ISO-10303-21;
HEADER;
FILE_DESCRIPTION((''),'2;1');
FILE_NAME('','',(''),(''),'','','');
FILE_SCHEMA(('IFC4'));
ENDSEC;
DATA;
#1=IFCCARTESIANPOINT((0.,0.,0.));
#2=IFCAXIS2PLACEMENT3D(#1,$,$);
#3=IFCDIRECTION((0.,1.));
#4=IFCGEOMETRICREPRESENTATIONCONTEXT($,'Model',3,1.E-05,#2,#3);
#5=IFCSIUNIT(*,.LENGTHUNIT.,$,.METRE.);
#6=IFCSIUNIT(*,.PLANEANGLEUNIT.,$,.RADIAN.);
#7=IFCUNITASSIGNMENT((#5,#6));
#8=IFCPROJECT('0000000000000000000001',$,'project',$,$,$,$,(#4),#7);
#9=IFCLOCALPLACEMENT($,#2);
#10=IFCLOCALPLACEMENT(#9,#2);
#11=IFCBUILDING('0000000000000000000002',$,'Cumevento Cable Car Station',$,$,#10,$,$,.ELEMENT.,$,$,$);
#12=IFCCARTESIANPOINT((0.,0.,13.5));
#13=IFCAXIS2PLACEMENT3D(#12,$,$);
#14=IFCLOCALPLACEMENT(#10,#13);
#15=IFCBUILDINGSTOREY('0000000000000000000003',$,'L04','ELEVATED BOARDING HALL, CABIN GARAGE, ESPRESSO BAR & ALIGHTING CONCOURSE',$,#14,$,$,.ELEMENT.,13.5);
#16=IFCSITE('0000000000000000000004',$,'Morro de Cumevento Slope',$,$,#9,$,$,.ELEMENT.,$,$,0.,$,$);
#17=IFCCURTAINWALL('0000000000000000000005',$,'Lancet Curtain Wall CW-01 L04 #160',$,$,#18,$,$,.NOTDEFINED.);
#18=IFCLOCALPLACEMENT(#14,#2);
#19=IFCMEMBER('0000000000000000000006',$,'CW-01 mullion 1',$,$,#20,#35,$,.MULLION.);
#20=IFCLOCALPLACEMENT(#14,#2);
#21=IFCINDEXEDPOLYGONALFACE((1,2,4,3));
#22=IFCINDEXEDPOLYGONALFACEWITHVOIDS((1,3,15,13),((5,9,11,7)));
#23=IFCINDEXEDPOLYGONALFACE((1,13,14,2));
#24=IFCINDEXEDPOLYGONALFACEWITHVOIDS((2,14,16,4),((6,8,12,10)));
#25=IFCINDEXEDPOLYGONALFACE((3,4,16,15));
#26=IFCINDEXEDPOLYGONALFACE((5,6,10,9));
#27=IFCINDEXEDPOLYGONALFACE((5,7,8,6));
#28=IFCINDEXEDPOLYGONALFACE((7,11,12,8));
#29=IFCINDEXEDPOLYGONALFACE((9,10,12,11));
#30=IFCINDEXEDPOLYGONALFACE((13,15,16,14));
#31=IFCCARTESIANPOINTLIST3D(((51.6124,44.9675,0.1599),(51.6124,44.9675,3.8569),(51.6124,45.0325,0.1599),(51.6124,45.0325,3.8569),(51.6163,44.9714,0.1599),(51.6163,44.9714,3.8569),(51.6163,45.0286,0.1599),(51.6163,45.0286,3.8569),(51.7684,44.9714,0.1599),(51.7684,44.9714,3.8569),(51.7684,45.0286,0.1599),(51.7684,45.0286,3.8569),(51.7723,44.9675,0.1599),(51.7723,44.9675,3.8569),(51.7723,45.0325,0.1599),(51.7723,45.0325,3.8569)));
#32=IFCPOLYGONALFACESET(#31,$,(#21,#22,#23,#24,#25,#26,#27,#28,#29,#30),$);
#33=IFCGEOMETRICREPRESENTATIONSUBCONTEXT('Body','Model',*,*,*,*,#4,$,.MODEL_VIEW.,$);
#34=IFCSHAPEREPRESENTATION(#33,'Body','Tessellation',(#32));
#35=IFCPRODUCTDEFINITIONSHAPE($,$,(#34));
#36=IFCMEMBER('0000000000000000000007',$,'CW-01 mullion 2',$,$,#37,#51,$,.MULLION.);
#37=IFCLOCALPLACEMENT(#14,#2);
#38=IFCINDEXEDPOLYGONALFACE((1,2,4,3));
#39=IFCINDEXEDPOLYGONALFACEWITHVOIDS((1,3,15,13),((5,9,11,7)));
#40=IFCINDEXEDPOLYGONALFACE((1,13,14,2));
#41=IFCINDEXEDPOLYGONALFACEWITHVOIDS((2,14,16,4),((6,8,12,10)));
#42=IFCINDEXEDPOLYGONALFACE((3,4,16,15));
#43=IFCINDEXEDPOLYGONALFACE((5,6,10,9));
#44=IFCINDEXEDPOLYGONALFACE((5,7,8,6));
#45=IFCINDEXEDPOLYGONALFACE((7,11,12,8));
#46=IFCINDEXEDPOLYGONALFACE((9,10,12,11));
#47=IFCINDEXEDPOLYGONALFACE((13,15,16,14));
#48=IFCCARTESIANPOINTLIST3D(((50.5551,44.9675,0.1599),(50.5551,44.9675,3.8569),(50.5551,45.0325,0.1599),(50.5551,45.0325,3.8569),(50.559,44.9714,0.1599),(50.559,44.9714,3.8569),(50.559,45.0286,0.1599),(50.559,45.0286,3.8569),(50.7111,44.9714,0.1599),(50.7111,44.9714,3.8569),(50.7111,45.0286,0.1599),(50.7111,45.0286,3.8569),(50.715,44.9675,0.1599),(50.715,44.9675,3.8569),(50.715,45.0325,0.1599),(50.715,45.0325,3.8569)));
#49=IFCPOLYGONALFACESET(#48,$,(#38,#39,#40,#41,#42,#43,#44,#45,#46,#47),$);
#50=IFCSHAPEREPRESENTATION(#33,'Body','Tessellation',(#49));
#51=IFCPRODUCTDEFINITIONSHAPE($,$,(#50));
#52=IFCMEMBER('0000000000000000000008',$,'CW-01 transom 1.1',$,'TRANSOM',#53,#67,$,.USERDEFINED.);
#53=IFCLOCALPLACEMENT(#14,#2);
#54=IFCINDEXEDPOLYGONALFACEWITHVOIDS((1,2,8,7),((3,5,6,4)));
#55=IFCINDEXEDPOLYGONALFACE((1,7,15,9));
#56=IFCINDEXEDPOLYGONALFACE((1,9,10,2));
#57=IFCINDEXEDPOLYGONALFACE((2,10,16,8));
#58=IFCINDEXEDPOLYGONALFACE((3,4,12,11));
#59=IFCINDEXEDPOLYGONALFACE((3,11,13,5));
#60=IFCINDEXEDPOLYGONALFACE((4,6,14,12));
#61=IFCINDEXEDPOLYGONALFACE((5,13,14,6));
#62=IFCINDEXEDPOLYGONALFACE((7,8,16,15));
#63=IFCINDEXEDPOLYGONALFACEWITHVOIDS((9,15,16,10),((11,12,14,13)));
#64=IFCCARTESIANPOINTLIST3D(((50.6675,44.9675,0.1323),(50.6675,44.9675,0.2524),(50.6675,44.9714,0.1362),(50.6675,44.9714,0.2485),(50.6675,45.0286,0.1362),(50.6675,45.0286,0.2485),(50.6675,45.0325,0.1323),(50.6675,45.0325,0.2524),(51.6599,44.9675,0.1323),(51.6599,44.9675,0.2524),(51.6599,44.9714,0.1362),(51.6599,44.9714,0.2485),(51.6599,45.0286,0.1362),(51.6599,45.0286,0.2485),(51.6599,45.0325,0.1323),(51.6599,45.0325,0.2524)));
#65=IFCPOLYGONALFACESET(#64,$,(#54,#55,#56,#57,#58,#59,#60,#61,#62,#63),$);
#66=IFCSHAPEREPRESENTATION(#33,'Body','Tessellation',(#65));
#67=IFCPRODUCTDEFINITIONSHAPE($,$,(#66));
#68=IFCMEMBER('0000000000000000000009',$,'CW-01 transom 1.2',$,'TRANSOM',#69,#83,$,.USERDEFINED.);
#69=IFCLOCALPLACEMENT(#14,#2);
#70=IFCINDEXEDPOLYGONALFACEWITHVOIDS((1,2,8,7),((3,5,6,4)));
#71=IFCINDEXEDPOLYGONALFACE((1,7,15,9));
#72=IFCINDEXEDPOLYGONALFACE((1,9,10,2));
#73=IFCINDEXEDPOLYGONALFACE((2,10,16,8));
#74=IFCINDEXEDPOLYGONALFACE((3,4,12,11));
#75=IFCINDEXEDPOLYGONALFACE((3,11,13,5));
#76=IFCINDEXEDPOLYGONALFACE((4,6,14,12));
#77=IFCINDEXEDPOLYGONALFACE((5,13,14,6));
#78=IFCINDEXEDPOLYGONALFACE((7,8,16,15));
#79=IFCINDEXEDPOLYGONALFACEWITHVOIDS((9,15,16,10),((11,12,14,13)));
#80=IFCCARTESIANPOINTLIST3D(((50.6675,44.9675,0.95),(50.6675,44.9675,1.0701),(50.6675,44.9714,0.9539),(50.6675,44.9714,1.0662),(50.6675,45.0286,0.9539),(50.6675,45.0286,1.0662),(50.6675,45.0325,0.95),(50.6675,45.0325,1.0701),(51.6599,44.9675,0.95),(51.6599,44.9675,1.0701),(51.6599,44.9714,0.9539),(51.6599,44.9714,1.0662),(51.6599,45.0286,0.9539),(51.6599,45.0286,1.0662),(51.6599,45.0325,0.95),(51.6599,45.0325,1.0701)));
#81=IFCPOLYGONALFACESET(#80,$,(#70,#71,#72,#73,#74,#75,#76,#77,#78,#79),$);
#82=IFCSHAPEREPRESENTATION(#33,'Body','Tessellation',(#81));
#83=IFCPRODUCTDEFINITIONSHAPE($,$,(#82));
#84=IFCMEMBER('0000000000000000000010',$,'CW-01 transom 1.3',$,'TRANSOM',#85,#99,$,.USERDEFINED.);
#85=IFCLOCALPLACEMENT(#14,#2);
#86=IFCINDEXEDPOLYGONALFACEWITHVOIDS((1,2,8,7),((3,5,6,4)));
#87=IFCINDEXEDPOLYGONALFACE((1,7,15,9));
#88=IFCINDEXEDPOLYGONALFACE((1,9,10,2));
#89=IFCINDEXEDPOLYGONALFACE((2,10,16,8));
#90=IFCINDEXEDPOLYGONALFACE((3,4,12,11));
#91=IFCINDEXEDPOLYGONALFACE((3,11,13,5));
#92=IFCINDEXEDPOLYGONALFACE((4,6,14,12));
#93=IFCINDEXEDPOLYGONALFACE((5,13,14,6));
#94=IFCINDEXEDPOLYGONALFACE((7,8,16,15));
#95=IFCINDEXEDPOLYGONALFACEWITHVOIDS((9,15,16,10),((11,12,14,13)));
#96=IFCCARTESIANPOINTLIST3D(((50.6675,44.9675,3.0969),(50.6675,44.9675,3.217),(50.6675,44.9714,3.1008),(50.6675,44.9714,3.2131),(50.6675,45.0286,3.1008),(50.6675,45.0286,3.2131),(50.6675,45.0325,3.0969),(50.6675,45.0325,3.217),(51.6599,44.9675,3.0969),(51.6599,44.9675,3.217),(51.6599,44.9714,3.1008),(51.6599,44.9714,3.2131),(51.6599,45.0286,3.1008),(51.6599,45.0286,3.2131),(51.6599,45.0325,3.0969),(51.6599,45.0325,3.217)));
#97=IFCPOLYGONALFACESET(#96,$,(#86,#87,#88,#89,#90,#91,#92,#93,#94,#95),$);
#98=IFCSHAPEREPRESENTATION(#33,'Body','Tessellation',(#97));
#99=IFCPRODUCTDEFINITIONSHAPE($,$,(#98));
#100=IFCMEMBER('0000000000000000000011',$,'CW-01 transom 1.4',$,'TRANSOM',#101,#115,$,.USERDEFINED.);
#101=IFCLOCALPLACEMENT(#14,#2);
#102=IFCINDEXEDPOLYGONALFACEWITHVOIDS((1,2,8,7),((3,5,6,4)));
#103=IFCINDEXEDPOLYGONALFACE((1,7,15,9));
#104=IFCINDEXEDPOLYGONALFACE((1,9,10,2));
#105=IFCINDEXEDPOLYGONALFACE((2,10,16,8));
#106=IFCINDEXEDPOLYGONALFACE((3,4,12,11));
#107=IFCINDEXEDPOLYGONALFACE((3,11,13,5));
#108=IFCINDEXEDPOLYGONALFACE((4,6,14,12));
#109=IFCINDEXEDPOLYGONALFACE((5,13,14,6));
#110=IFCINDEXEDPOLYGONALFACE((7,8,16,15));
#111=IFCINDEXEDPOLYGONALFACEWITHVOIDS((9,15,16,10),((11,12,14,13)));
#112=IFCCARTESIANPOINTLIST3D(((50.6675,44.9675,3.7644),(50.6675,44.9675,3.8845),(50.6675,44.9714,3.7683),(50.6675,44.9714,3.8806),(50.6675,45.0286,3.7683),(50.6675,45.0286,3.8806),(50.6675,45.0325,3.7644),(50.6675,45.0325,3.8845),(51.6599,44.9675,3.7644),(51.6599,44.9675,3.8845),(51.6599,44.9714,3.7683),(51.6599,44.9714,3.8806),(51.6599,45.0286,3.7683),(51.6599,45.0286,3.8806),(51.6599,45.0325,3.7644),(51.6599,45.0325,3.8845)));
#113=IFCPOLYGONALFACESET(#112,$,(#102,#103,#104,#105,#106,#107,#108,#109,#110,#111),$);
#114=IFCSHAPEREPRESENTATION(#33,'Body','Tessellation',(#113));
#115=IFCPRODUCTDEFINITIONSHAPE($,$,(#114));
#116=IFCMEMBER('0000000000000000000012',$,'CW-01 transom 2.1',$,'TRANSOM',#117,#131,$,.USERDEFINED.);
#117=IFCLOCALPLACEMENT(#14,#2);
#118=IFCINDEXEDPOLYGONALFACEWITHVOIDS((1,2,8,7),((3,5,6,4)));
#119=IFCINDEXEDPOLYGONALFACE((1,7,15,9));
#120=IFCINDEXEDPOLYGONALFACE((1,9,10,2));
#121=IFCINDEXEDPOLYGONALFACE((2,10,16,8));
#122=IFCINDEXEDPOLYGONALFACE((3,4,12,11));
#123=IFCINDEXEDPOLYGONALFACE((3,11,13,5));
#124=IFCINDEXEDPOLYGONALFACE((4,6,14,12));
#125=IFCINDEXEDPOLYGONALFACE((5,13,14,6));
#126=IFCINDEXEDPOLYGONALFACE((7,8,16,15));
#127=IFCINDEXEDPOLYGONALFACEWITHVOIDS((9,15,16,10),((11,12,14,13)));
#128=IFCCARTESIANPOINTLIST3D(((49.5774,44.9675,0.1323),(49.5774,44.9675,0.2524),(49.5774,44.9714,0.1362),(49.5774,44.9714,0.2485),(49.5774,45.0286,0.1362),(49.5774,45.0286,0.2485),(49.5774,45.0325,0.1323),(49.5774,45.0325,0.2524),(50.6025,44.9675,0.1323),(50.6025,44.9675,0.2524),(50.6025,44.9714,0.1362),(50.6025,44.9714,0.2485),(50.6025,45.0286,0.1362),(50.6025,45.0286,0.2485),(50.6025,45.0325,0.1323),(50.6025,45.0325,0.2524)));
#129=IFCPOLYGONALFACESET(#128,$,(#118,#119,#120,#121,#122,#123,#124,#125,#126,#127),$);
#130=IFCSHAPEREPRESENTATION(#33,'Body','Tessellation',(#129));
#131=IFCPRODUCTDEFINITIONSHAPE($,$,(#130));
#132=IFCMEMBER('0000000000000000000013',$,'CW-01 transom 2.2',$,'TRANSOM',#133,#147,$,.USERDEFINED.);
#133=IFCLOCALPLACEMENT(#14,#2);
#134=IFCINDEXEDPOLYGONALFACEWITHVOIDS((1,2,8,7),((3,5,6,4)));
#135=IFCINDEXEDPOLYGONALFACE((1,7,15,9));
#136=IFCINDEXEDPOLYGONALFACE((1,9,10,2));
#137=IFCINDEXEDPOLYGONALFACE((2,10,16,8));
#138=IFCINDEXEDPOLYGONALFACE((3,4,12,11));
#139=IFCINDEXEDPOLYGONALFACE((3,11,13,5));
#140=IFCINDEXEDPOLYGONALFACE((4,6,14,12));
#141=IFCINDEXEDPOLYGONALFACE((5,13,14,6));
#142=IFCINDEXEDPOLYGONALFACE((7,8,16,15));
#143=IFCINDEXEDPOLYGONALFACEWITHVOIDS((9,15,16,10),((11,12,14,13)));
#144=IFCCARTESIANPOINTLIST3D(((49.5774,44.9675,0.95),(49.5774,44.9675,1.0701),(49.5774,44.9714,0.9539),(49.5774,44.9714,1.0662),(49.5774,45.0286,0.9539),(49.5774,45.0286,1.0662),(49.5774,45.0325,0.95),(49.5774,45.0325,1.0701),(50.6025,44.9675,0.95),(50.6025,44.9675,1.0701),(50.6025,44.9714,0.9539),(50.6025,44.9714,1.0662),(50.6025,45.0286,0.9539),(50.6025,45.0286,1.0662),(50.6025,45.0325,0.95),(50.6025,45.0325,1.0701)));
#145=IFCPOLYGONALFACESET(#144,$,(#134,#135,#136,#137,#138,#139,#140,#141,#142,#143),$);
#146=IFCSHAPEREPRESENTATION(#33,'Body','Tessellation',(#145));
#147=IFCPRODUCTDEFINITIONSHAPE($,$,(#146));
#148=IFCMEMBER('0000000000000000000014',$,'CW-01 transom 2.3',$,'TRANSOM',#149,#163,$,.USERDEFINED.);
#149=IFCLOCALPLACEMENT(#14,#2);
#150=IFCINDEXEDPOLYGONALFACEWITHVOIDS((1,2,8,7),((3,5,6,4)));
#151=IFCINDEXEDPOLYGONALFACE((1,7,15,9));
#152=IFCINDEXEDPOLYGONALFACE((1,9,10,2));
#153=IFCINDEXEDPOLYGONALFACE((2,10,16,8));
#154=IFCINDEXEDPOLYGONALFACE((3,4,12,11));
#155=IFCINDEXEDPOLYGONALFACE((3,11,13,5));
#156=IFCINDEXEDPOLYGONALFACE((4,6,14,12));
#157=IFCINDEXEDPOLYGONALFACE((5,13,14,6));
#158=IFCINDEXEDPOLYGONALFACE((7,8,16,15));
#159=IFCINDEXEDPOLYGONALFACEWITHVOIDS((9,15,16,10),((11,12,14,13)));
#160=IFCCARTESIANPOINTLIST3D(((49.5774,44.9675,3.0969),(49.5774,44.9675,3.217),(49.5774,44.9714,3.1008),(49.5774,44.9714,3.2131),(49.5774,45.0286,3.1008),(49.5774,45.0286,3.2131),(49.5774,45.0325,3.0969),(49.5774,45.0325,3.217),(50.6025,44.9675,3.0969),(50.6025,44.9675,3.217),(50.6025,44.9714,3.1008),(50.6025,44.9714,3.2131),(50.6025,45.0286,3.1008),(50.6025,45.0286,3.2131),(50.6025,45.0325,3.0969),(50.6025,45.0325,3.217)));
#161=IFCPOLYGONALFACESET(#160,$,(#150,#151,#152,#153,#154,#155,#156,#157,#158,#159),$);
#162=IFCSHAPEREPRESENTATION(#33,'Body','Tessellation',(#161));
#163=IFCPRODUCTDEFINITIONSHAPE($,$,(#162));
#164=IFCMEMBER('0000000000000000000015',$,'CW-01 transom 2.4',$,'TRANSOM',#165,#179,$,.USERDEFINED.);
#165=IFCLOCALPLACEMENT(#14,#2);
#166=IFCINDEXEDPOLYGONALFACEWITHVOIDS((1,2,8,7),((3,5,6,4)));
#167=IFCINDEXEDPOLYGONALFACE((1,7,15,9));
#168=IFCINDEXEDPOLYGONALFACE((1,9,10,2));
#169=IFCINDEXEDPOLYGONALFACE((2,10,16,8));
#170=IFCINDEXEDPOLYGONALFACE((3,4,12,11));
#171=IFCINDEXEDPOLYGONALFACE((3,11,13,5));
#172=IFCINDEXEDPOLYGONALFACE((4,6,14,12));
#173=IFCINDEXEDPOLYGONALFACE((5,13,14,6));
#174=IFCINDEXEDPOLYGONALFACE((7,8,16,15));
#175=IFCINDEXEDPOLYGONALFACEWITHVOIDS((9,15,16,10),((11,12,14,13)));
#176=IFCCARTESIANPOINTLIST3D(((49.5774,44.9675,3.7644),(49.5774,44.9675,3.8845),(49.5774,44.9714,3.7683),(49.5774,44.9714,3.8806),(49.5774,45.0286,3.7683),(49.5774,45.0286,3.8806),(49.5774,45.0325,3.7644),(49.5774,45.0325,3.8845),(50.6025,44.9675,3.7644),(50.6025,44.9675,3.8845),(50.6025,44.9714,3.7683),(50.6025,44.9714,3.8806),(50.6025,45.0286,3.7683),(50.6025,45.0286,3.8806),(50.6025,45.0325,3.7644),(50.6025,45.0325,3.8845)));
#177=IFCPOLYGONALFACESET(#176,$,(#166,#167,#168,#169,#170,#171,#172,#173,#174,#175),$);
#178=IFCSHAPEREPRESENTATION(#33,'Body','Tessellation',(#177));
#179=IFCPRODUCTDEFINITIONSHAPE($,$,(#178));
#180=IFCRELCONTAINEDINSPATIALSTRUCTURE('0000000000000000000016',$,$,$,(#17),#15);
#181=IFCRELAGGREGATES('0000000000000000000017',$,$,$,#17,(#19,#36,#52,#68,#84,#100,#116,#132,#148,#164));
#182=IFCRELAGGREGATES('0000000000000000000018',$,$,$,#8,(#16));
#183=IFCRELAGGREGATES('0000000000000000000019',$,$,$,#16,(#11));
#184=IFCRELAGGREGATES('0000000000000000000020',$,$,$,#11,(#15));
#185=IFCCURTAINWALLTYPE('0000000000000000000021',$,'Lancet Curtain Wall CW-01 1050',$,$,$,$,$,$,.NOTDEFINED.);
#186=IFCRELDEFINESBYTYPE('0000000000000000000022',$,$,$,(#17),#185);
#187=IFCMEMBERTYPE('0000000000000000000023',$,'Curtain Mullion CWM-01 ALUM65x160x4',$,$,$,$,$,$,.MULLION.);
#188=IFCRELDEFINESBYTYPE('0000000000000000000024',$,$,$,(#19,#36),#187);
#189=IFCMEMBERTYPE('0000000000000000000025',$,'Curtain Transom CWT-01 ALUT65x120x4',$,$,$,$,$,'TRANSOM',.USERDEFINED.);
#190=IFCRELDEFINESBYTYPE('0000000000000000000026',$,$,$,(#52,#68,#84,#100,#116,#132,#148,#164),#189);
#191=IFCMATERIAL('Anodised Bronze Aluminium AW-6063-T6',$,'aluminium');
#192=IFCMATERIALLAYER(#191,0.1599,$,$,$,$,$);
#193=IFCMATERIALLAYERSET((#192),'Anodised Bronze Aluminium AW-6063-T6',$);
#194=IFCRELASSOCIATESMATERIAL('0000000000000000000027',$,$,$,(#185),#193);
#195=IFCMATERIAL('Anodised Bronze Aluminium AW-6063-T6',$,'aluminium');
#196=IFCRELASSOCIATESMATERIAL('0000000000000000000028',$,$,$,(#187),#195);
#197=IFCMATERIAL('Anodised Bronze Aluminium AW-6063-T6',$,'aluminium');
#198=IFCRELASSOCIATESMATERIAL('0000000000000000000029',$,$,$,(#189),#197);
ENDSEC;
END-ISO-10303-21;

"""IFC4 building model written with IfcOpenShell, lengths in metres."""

from ifc_helpers import new_model, si_unit, direction, frame, origin, origin_2d, place, context, subcontext, project, spatial, hollow_rectangle, extrude, material, layer, layer_set, material_profile, profile_set, type_object, element, aggregate, save


model = new_model("IFC4")

# Units and contexts
model_context = context("Model", 3, precision=1e-05, world=origin(), true_north=direction((0.0, 1.0)))
body_context = subcontext(model_context, "Body", "Model", "MODEL_VIEW")
ifc_project = project(units=[si_unit("LENGTHUNIT", "METRE"), si_unit("PLANEANGLEUNIT", "RADIAN")], contexts=[model_context])

# Site, building, storey
site_placement = place(None, origin())
site = spatial("IfcSite", under=ifc_project, at=site_placement, Name="Morro de Cumevento Slope", CompositionType="ELEMENT", RefElevation=0.0)
building_placement = place(site_placement, origin())
building = spatial("IfcBuilding", under=site, at=building_placement, Name="Cumevento Cable Car Station", CompositionType="ELEMENT")
storey_placement = place(building_placement, frame((0.0, 0.0, 13.5)))
storey = spatial("IfcBuildingStorey", under=building, at=storey_placement, Name="L04", Description="ELEVATED BOARDING HALL, CABIN GARAGE, ESPRESSO BAR & ALIGHTING CONCOURSE", CompositionType="ELEMENT", Elevation=13.5)

# Curtain wall, members
ifc_material_1 = material(Name="Anodised Bronze Aluminium AW-6063-T6", Category="aluminium")
ifc_layer_1 = layer(ifc_material_1, 0.1599)
ifc_layer_set_1 = layer_set([ifc_layer_1], Name="Anodised Bronze Aluminium AW-6063-T6")
curtain_wall_type = type_object("IfcCurtainWallType", Name="Lancet Curtain Wall CW-01 1050", PredefinedType="NOTDEFINED", material=ifc_layer_set_1)
curtain_wall_placement = place(storey_placement, origin())
curtain_wall = element("IfcCurtainWall", 1, at=curtain_wall_placement, inside=storey, type_object=curtain_wall_type, Name="Lancet Curtain Wall CW-01 L04 #160", PredefinedType="NOTDEFINED")
ifc_material_2 = material(Name="Anodised Bronze Aluminium AW-6063-T6", Category="aluminium")
ifc_material_profile_1 = material_profile(ifc_material_2, hollow_rectangle(XDim=0.0649, YDim=0.1599, WallThickness=0.0039, at=origin_2d()), Name="ALUM65x160x4")
ifc_profile_set_1 = profile_set([ifc_material_profile_1], Name="Anodised Bronze Aluminium AW-6063-T6")
member_type_1 = type_object("IfcMemberType", Name="Curtain Mullion CWM-01 ALUM65x160x4", PredefinedType="MULLION", material=ifc_profile_set_1)
member_1_placement = place(storey_placement, frame((51.6924, 45.0, 0.1599), z_axis=(0.0, 0.0, 1.0), x_axis=(0.0, -1.0, 0.0)))
member_1 = element("IfcMember", 2, at=member_1_placement, type_object=member_type_1, Name="CW-01 mullion 1", PredefinedType="MULLION", context=body_context, shape_type="SweptSolid", body=[
    extrude(hollow_rectangle(XDim=0.0649, YDim=0.1599, WallThickness=0.0039, at=origin_2d()), origin(), (0.0, 0.0, 1.0), 3.697),
])
member_2_placement = place(storey_placement, frame((50.635, 45.0, 0.1599), z_axis=(0.0, 0.0, 1.0), x_axis=(0.0, -1.0, 0.0)))
member_2 = element("IfcMember", 3, at=member_2_placement, type_object=member_type_1, Name="CW-01 mullion 2", PredefinedType="MULLION", context=body_context, shape_type="SweptSolid", body=[
    extrude(hollow_rectangle(XDim=0.0649, YDim=0.1599, WallThickness=0.0039, at=origin_2d()), origin(), (0.0, 0.0, 1.0), 3.697),
])
ifc_material_3 = material(Name="Anodised Bronze Aluminium AW-6063-T6", Category="aluminium")
ifc_material_profile_2 = material_profile(ifc_material_3, hollow_rectangle(XDim=0.0649, YDim=0.1201, WallThickness=0.0039, at=origin_2d()), Name="ALUT65x120x4")
ifc_profile_set_2 = profile_set([ifc_material_profile_2], Name="Anodised Bronze Aluminium AW-6063-T6")
member_type_2 = type_object("IfcMemberType", Name="Curtain Transom CWT-01 ALUT65x120x4", ElementType="TRANSOM", PredefinedType="USERDEFINED", material=ifc_profile_set_2)
member_3_placement = place(storey_placement, frame((51.6599, 45.0, 0.1924), z_axis=(-1.0, 0.0, 0.0), x_axis=(0.0, -1.0, 0.0)))
member_3 = element("IfcMember", 4, at=member_3_placement, type_object=member_type_2, Name="CW-01 transom 1.1", ObjectType="TRANSOM", PredefinedType="USERDEFINED", context=body_context, shape_type="SweptSolid", body=[
    extrude(hollow_rectangle(XDim=0.0649, YDim=0.1201, WallThickness=0.0039, at=origin_2d()), origin(), (0.0, 0.0, 1.0), 0.9924),
])
member_4_placement = place(storey_placement, frame((51.6599, 45.0, 1.01), z_axis=(-1.0, 0.0, 0.0), x_axis=(0.0, -1.0, 0.0)))
member_4 = element("IfcMember", 5, at=member_4_placement, type_object=member_type_2, Name="CW-01 transom 1.2", ObjectType="TRANSOM", PredefinedType="USERDEFINED", context=body_context, shape_type="SweptSolid", body=[
    extrude(hollow_rectangle(XDim=0.0649, YDim=0.1201, WallThickness=0.0039, at=origin_2d()), origin(), (0.0, 0.0, 1.0), 0.9924),
])
member_5_placement = place(storey_placement, frame((51.6599, 45.0, 3.157), z_axis=(-1.0, 0.0, 0.0), x_axis=(0.0, -1.0, 0.0)))
member_5 = element("IfcMember", 6, at=member_5_placement, type_object=member_type_2, Name="CW-01 transom 1.3", ObjectType="TRANSOM", PredefinedType="USERDEFINED", context=body_context, shape_type="SweptSolid", body=[
    extrude(hollow_rectangle(XDim=0.0649, YDim=0.1201, WallThickness=0.0039, at=origin_2d()), origin(), (0.0, 0.0, 1.0), 0.9924),
])
member_6_placement = place(storey_placement, frame((51.6599, 45.0, 3.8245), z_axis=(-1.0, 0.0, 0.0), x_axis=(0.0, -1.0, 0.0)))
member_6 = element("IfcMember", 7, at=member_6_placement, type_object=member_type_2, Name="CW-01 transom 1.4", ObjectType="TRANSOM", PredefinedType="USERDEFINED", context=body_context, shape_type="SweptSolid", body=[
    extrude(hollow_rectangle(XDim=0.0649, YDim=0.1201, WallThickness=0.0039, at=origin_2d()), origin(), (0.0, 0.0, 1.0), 0.9924),
])
member_7_placement = place(storey_placement, frame((50.6025, 45.0, 0.1924), z_axis=(-1.0, 0.0, 0.0), x_axis=(0.0, -1.0, 0.0)))
member_7 = element("IfcMember", 8, at=member_7_placement, type_object=member_type_2, Name="CW-01 transom 2.1", ObjectType="TRANSOM", PredefinedType="USERDEFINED", context=body_context, shape_type="SweptSolid", body=[
    extrude(hollow_rectangle(XDim=0.0649, YDim=0.1201, WallThickness=0.0039, at=origin_2d()), origin(), (0.0, 0.0, 1.0), 1.0251),
])
member_8_placement = place(storey_placement, frame((50.6025, 45.0, 1.01), z_axis=(-1.0, 0.0, 0.0), x_axis=(0.0, -1.0, 0.0)))
member_8 = element("IfcMember", 9, at=member_8_placement, type_object=member_type_2, Name="CW-01 transom 2.2", ObjectType="TRANSOM", PredefinedType="USERDEFINED", context=body_context, shape_type="SweptSolid", body=[
    extrude(hollow_rectangle(XDim=0.0649, YDim=0.1201, WallThickness=0.0039, at=origin_2d()), origin(), (0.0, 0.0, 1.0), 1.0251),
])
member_9_placement = place(storey_placement, frame((50.6025, 45.0, 3.157), z_axis=(-1.0, 0.0, 0.0), x_axis=(0.0, -1.0, 0.0)))
member_9 = element("IfcMember", 10, at=member_9_placement, type_object=member_type_2, Name="CW-01 transom 2.3", ObjectType="TRANSOM", PredefinedType="USERDEFINED", context=body_context, shape_type="SweptSolid", body=[
    extrude(hollow_rectangle(XDim=0.0649, YDim=0.1201, WallThickness=0.0039, at=origin_2d()), origin(), (0.0, 0.0, 1.0), 1.0251),
])
member_10_placement = place(storey_placement, frame((50.6025, 45.0, 3.8245), z_axis=(-1.0, 0.0, 0.0), x_axis=(0.0, -1.0, 0.0)))
member_10 = element("IfcMember", 11, at=member_10_placement, type_object=member_type_2, Name="CW-01 transom 2.4", ObjectType="TRANSOM", PredefinedType="USERDEFINED", context=body_context, shape_type="SweptSolid", body=[
    extrude(hollow_rectangle(XDim=0.0649, YDim=0.1201, WallThickness=0.0039, at=origin_2d()), origin(), (0.0, 0.0, 1.0), 1.0251),
])

aggregate(curtain_wall, [member_1, member_2, member_3, member_4, member_5, member_6, member_7, member_8, member_9, member_10])

save(model, "model.ifc")
